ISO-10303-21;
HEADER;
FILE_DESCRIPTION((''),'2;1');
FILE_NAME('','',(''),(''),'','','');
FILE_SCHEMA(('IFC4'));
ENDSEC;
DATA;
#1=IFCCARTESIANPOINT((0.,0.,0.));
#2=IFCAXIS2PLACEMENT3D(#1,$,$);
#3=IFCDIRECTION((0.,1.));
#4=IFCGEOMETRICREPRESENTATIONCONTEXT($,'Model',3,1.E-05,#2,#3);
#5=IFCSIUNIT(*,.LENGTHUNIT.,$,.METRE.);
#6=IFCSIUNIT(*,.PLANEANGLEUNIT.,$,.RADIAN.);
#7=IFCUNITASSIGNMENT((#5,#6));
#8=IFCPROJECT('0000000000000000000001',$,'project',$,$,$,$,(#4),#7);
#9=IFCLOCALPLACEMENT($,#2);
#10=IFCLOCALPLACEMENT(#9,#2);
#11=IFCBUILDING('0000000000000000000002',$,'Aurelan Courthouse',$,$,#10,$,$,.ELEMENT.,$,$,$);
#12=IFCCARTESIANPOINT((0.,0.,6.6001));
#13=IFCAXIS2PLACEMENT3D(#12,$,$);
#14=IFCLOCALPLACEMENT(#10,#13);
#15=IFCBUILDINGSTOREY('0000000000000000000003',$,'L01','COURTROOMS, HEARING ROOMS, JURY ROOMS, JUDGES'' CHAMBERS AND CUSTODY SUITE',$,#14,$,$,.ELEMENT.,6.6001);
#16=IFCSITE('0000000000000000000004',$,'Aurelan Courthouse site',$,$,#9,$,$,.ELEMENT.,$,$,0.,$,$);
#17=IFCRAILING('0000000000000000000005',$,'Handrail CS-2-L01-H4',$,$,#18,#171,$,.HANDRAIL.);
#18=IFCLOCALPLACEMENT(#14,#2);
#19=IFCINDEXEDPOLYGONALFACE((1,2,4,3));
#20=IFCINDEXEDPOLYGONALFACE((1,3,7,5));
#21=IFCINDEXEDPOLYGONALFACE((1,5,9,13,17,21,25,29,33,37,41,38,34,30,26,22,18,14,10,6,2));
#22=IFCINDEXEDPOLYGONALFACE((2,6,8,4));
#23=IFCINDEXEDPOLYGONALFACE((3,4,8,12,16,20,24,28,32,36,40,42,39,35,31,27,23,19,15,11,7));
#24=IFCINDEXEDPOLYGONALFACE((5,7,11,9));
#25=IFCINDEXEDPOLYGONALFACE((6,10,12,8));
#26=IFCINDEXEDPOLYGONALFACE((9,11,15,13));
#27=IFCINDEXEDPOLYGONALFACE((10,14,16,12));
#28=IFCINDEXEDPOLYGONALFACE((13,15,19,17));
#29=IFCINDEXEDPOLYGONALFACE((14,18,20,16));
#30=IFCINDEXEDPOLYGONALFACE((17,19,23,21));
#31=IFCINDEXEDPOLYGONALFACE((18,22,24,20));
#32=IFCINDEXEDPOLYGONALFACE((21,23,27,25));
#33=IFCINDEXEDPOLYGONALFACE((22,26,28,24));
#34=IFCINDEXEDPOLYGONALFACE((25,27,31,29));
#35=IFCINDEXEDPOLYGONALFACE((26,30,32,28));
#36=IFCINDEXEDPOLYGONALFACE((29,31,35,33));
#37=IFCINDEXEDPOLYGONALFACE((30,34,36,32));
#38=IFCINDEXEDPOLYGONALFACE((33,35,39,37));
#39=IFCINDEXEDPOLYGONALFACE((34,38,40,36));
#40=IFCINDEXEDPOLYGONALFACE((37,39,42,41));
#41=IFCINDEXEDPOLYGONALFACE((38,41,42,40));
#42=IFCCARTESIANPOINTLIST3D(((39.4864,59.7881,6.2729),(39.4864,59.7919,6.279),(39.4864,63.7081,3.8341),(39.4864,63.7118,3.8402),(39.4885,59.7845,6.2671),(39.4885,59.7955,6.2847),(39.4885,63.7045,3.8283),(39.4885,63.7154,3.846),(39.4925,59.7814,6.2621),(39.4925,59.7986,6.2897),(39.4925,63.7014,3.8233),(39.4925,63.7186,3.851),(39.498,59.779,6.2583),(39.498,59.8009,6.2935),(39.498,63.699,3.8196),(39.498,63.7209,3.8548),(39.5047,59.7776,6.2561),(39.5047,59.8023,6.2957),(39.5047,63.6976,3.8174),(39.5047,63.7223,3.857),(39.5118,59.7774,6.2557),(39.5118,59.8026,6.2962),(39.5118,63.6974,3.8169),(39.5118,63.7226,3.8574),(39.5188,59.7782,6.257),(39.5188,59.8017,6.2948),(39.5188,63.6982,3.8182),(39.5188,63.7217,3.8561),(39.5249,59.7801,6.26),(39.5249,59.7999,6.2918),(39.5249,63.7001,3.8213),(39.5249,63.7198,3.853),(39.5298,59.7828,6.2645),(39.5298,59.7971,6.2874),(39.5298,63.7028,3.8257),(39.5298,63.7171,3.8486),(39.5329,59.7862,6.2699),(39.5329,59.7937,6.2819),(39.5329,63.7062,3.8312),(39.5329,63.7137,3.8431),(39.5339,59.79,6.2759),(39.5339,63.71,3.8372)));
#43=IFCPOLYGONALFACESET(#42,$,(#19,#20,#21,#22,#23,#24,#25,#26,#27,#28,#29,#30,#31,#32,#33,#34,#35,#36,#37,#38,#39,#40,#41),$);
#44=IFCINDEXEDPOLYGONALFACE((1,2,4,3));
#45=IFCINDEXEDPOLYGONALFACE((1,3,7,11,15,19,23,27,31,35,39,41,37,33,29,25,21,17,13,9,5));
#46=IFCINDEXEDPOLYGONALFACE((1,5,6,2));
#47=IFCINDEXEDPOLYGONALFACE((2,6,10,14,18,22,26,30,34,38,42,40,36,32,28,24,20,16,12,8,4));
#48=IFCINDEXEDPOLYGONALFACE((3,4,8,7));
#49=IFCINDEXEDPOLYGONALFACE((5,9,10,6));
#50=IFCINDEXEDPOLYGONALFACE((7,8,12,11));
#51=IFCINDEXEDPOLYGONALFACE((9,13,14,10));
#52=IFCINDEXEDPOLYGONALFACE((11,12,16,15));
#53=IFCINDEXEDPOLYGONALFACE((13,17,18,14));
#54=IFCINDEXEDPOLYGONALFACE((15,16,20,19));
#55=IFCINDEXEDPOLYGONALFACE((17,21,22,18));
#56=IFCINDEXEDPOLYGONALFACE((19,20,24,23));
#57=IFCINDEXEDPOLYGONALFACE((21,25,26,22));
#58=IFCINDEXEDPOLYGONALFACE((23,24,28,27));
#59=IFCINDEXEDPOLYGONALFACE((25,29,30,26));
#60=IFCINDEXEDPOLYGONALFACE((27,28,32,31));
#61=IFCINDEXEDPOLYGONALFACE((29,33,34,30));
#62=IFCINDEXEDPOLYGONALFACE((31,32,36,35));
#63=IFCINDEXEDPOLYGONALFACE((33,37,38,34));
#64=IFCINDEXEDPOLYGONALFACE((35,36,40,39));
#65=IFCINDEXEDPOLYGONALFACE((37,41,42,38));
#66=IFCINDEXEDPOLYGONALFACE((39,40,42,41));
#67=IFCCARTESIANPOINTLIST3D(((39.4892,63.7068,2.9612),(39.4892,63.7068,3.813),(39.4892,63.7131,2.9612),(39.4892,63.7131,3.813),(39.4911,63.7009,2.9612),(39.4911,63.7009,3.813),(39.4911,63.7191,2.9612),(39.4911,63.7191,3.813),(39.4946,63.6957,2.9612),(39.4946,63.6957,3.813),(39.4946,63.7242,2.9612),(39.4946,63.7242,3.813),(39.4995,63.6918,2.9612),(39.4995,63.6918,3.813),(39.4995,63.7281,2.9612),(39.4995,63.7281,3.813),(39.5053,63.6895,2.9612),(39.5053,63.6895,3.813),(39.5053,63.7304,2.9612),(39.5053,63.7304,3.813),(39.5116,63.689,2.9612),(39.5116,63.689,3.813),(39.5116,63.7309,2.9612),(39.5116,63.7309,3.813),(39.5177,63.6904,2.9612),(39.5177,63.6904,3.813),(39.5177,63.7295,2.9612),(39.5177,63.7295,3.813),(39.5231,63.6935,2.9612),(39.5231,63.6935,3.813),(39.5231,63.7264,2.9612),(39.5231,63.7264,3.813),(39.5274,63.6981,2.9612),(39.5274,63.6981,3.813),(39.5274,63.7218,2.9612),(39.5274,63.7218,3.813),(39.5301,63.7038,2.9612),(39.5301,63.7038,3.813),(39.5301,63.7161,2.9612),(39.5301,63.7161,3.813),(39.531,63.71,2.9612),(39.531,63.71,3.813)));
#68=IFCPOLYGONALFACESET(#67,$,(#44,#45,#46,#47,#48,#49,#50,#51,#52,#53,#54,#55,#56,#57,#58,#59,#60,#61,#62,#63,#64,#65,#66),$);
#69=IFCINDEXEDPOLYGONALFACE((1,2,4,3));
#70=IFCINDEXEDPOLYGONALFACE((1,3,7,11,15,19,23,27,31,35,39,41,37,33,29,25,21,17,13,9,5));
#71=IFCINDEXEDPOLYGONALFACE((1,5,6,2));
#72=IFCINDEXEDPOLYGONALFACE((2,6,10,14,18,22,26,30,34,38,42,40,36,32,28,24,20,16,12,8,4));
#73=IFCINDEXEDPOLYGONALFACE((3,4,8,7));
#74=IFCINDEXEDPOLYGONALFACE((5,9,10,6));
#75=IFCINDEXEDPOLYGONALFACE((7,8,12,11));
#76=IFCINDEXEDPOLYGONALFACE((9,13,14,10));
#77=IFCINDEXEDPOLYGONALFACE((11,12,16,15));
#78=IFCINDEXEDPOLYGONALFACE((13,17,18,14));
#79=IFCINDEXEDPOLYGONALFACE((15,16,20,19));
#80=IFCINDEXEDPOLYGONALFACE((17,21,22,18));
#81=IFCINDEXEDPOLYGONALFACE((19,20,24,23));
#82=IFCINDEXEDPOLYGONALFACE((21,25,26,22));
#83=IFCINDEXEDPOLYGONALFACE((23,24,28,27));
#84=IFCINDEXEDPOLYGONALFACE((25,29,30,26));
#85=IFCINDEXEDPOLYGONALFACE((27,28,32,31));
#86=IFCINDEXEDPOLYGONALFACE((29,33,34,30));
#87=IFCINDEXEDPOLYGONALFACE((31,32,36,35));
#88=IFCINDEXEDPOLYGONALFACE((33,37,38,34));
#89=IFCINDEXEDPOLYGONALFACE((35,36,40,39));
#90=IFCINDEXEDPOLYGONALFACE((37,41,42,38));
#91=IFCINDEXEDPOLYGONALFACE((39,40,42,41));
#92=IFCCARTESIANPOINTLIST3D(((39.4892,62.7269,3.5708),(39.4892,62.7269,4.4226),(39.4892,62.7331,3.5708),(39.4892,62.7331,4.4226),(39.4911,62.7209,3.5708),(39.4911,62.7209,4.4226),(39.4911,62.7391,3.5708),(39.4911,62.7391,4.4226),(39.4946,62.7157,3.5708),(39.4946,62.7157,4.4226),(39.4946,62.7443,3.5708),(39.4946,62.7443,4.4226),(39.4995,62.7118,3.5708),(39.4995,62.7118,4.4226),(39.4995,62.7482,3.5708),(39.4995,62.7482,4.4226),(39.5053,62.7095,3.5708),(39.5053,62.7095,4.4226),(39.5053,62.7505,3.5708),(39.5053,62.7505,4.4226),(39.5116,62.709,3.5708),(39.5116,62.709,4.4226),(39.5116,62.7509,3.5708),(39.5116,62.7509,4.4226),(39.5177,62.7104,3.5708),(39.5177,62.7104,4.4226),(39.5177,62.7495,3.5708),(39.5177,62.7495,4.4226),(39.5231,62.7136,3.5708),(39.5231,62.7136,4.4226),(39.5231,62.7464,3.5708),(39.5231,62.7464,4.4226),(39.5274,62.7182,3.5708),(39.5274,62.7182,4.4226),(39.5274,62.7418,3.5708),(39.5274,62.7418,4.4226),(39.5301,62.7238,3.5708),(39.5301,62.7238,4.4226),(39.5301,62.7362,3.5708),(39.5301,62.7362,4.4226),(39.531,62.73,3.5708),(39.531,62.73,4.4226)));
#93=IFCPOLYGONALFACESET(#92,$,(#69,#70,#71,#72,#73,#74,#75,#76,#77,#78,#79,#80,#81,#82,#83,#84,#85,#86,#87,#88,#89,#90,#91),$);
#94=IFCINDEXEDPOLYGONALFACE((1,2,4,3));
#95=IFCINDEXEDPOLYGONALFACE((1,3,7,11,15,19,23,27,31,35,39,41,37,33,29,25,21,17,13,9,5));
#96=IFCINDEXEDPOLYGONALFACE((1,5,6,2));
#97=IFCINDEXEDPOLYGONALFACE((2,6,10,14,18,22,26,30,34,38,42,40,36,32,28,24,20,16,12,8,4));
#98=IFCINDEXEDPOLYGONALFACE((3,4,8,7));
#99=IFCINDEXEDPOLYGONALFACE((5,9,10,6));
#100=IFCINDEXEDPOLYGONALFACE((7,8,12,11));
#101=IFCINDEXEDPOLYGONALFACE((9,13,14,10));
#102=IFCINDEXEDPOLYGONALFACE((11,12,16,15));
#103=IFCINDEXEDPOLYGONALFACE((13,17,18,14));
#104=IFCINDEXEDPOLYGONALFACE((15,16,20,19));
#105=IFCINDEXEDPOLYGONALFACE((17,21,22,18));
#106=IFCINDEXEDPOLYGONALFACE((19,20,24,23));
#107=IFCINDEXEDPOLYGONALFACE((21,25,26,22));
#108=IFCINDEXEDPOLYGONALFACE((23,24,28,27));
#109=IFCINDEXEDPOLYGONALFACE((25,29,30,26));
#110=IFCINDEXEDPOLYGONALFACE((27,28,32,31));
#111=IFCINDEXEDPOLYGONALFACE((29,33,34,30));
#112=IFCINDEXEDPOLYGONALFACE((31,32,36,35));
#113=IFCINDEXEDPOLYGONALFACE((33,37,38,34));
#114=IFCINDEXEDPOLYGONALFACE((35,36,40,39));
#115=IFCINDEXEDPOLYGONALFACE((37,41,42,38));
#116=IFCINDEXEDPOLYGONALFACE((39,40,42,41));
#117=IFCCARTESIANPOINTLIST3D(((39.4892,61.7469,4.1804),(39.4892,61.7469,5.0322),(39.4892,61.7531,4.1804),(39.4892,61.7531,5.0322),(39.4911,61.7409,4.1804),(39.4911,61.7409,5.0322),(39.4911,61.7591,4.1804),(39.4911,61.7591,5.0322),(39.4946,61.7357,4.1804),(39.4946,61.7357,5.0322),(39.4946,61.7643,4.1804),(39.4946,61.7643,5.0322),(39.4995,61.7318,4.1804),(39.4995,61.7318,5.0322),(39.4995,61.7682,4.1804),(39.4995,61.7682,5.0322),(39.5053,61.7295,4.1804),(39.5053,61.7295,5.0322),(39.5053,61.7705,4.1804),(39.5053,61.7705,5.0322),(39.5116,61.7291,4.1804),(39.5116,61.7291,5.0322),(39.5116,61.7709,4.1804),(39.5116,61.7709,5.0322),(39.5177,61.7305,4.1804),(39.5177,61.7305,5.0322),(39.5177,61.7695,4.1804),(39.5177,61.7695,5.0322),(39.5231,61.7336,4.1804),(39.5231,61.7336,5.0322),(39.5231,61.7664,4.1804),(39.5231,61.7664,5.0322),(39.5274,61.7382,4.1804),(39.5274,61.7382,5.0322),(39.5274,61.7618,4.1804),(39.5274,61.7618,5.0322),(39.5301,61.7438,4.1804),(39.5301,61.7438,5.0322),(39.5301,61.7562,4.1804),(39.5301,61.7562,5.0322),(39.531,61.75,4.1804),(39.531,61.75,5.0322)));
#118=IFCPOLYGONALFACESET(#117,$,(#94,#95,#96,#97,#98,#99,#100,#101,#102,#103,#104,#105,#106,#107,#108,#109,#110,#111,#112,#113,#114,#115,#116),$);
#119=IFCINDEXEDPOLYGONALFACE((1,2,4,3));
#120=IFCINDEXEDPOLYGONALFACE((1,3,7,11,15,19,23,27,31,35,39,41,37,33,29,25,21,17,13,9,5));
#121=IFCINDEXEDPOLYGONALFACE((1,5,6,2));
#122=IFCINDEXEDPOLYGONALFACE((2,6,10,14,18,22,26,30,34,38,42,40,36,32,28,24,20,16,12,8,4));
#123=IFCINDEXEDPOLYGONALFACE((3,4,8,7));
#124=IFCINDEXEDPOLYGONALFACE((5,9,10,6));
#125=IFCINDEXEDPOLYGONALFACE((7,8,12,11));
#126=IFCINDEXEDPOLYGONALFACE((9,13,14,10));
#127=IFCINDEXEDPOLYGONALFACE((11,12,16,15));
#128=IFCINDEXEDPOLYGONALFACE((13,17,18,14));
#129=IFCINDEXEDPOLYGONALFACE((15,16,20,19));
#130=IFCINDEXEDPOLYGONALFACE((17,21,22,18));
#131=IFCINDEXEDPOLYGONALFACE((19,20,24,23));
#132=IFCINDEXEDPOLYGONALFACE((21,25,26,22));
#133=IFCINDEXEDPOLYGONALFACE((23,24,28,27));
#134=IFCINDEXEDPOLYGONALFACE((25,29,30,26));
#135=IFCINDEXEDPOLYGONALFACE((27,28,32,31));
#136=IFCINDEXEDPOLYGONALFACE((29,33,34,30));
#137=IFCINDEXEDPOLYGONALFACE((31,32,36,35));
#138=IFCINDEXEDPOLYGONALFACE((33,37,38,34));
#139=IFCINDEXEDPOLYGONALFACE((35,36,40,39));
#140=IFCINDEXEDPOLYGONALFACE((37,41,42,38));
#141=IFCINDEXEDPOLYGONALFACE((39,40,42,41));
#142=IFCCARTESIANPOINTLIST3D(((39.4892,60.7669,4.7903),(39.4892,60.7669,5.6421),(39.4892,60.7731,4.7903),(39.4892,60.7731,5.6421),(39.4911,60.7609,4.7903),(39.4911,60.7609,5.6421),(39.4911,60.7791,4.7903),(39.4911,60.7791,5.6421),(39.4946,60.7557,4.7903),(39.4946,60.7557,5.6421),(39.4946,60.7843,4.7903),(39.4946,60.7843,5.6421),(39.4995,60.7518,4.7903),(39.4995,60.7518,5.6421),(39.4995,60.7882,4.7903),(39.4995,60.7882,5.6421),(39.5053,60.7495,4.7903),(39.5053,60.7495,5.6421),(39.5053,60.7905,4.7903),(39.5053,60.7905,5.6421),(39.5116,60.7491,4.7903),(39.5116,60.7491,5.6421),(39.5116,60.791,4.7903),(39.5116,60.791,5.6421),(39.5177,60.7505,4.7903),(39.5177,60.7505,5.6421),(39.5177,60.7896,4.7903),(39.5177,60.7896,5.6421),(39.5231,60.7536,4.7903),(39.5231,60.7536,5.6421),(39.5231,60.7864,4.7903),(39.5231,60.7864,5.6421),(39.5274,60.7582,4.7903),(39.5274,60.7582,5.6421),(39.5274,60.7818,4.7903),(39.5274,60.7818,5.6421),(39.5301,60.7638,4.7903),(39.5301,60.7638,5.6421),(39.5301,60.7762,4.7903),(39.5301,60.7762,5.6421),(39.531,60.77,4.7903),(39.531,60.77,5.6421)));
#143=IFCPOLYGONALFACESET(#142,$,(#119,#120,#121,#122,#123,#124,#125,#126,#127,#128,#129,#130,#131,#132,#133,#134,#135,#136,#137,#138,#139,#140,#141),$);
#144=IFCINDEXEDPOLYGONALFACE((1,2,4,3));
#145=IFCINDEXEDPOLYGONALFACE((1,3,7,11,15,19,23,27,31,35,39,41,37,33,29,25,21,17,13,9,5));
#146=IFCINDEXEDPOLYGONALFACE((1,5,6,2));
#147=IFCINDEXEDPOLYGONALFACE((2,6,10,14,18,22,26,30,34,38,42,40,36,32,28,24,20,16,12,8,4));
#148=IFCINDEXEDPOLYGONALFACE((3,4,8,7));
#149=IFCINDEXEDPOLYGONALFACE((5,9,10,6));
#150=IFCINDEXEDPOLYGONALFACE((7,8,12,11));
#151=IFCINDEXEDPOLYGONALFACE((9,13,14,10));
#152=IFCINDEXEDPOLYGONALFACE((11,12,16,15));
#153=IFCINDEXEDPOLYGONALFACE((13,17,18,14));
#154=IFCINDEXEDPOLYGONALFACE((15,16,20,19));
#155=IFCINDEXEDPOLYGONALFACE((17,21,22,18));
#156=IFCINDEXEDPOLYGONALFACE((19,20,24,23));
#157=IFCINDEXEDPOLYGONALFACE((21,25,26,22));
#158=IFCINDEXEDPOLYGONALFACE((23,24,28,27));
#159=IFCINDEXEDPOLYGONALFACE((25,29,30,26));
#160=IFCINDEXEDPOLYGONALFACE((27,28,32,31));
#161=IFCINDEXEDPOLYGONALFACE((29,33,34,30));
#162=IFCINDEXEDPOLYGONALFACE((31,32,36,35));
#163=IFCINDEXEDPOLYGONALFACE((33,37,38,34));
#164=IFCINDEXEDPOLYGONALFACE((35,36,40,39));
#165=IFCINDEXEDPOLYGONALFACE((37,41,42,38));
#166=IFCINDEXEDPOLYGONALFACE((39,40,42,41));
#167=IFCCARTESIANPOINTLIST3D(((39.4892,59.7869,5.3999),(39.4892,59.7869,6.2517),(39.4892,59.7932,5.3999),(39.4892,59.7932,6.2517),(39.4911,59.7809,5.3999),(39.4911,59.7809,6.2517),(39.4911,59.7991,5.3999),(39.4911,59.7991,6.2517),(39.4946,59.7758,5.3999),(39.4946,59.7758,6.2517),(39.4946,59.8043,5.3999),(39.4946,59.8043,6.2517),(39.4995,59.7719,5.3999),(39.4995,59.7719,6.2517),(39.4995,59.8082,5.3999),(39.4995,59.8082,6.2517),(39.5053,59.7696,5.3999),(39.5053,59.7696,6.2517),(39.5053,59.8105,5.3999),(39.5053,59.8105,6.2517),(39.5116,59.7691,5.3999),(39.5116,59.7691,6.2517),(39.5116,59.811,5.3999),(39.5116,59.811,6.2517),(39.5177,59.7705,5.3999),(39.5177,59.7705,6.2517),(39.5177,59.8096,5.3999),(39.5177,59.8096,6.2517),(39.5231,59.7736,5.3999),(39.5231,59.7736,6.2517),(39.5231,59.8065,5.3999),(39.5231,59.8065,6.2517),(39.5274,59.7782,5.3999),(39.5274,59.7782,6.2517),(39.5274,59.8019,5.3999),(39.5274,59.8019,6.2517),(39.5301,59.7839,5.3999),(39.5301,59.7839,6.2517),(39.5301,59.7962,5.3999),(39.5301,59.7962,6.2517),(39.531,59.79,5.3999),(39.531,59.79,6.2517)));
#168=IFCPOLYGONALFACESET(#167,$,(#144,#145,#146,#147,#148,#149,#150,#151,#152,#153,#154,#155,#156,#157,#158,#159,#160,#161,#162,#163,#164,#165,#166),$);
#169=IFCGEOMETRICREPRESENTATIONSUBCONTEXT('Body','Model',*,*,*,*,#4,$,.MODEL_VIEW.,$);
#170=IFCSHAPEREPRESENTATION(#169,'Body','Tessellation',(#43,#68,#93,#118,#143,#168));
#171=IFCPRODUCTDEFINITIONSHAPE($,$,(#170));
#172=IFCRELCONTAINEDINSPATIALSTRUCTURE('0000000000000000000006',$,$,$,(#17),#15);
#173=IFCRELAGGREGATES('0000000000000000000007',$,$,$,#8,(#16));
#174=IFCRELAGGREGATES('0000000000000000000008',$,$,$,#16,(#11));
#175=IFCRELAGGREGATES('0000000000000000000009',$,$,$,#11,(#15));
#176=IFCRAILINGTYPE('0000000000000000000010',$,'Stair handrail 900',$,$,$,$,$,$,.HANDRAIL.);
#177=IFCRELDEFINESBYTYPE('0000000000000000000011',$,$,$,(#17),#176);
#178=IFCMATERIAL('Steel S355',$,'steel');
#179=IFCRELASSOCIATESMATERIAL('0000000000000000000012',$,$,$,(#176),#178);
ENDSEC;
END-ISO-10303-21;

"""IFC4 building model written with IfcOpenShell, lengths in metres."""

from ifc_helpers import new_model, si_unit, direction, frame, origin, origin_2d, place, context, subcontext, project, spatial, circle, extrude, material, type_object, element, save


model = new_model("IFC4")

# Units and contexts
model_context = context("Model", 3, precision=1e-05, world=origin(), true_north=direction((0.0, 1.0)))
body_context = subcontext(model_context, "Body", "Model", "MODEL_VIEW")
ifc_project = project(units=[si_unit("LENGTHUNIT", "METRE"), si_unit("PLANEANGLEUNIT", "RADIAN")], contexts=[model_context])

# Site, building, storey
site_placement = place(None, origin())
site = spatial("IfcSite", under=ifc_project, at=site_placement, Name="Aurelan Courthouse site", CompositionType="ELEMENT", RefElevation=0.0)
building_placement = place(site_placement, origin())
building = spatial("IfcBuilding", under=site, at=building_placement, Name="Aurelan Courthouse", CompositionType="ELEMENT")
storey_placement = place(building_placement, frame((0.0, 0.0, 6.6001)))
storey = spatial("IfcBuildingStorey", under=building, at=storey_placement, Name="L01", Description="COURTROOMS, HEARING ROOMS, JURY ROOMS, JUDGES' CHAMBERS AND CUSTODY SUITE", CompositionType="ELEMENT", Elevation=6.6001)

# Railing
ifc_material_1 = material(Name="Steel S355", Category="steel")
railing_type_1 = type_object("IfcRailingType", Name="Stair handrail 900", PredefinedType="HANDRAIL", material=ifc_material_1)
for number, where, name in (
    (1, (39.51, 63.71, 2.9612), "Handrail CS-2-L01-H4"),
):
    element("IfcRailing", number, at=place(storey_placement, frame(where)), inside=storey, type_object=railing_type_1, Name=name, PredefinedType="HANDRAIL", context=body_context, shape_type="SweptSolid", body=[
        extrude(circle(Radius=0.0239, at=origin_2d()), frame((0.0, 0.0, 0.876), z_axis=(0.0, -0.84909, 0.528249), x_axis=(1.0, 0.0, 0.0)), (0.0, 0.0, 1.0), 4.6167),
        extrude(circle(Radius=0.021, at=origin_2d()), origin(), (0.0, 0.0, 1.0), 0.8518),
        extrude(circle(Radius=0.021, at=origin_2d()), frame((0.0, -0.98, 0.6096)), (0.0, 0.0, 1.0), 0.8518),
        extrude(circle(Radius=0.021, at=origin_2d()), frame((0.0, -1.96, 1.2192)), (0.0, 0.0, 1.0), 0.8518),
        extrude(circle(Radius=0.021, at=origin_2d()), frame((0.0, -2.9399, 1.8291)), (0.0, 0.0, 1.0), 0.8518),
        extrude(circle(Radius=0.021, at=origin_2d()), frame((0.0, -3.9199, 2.4387)), (0.0, 0.0, 1.0), 0.8518),
    ])

save(model, "model.ifc")
